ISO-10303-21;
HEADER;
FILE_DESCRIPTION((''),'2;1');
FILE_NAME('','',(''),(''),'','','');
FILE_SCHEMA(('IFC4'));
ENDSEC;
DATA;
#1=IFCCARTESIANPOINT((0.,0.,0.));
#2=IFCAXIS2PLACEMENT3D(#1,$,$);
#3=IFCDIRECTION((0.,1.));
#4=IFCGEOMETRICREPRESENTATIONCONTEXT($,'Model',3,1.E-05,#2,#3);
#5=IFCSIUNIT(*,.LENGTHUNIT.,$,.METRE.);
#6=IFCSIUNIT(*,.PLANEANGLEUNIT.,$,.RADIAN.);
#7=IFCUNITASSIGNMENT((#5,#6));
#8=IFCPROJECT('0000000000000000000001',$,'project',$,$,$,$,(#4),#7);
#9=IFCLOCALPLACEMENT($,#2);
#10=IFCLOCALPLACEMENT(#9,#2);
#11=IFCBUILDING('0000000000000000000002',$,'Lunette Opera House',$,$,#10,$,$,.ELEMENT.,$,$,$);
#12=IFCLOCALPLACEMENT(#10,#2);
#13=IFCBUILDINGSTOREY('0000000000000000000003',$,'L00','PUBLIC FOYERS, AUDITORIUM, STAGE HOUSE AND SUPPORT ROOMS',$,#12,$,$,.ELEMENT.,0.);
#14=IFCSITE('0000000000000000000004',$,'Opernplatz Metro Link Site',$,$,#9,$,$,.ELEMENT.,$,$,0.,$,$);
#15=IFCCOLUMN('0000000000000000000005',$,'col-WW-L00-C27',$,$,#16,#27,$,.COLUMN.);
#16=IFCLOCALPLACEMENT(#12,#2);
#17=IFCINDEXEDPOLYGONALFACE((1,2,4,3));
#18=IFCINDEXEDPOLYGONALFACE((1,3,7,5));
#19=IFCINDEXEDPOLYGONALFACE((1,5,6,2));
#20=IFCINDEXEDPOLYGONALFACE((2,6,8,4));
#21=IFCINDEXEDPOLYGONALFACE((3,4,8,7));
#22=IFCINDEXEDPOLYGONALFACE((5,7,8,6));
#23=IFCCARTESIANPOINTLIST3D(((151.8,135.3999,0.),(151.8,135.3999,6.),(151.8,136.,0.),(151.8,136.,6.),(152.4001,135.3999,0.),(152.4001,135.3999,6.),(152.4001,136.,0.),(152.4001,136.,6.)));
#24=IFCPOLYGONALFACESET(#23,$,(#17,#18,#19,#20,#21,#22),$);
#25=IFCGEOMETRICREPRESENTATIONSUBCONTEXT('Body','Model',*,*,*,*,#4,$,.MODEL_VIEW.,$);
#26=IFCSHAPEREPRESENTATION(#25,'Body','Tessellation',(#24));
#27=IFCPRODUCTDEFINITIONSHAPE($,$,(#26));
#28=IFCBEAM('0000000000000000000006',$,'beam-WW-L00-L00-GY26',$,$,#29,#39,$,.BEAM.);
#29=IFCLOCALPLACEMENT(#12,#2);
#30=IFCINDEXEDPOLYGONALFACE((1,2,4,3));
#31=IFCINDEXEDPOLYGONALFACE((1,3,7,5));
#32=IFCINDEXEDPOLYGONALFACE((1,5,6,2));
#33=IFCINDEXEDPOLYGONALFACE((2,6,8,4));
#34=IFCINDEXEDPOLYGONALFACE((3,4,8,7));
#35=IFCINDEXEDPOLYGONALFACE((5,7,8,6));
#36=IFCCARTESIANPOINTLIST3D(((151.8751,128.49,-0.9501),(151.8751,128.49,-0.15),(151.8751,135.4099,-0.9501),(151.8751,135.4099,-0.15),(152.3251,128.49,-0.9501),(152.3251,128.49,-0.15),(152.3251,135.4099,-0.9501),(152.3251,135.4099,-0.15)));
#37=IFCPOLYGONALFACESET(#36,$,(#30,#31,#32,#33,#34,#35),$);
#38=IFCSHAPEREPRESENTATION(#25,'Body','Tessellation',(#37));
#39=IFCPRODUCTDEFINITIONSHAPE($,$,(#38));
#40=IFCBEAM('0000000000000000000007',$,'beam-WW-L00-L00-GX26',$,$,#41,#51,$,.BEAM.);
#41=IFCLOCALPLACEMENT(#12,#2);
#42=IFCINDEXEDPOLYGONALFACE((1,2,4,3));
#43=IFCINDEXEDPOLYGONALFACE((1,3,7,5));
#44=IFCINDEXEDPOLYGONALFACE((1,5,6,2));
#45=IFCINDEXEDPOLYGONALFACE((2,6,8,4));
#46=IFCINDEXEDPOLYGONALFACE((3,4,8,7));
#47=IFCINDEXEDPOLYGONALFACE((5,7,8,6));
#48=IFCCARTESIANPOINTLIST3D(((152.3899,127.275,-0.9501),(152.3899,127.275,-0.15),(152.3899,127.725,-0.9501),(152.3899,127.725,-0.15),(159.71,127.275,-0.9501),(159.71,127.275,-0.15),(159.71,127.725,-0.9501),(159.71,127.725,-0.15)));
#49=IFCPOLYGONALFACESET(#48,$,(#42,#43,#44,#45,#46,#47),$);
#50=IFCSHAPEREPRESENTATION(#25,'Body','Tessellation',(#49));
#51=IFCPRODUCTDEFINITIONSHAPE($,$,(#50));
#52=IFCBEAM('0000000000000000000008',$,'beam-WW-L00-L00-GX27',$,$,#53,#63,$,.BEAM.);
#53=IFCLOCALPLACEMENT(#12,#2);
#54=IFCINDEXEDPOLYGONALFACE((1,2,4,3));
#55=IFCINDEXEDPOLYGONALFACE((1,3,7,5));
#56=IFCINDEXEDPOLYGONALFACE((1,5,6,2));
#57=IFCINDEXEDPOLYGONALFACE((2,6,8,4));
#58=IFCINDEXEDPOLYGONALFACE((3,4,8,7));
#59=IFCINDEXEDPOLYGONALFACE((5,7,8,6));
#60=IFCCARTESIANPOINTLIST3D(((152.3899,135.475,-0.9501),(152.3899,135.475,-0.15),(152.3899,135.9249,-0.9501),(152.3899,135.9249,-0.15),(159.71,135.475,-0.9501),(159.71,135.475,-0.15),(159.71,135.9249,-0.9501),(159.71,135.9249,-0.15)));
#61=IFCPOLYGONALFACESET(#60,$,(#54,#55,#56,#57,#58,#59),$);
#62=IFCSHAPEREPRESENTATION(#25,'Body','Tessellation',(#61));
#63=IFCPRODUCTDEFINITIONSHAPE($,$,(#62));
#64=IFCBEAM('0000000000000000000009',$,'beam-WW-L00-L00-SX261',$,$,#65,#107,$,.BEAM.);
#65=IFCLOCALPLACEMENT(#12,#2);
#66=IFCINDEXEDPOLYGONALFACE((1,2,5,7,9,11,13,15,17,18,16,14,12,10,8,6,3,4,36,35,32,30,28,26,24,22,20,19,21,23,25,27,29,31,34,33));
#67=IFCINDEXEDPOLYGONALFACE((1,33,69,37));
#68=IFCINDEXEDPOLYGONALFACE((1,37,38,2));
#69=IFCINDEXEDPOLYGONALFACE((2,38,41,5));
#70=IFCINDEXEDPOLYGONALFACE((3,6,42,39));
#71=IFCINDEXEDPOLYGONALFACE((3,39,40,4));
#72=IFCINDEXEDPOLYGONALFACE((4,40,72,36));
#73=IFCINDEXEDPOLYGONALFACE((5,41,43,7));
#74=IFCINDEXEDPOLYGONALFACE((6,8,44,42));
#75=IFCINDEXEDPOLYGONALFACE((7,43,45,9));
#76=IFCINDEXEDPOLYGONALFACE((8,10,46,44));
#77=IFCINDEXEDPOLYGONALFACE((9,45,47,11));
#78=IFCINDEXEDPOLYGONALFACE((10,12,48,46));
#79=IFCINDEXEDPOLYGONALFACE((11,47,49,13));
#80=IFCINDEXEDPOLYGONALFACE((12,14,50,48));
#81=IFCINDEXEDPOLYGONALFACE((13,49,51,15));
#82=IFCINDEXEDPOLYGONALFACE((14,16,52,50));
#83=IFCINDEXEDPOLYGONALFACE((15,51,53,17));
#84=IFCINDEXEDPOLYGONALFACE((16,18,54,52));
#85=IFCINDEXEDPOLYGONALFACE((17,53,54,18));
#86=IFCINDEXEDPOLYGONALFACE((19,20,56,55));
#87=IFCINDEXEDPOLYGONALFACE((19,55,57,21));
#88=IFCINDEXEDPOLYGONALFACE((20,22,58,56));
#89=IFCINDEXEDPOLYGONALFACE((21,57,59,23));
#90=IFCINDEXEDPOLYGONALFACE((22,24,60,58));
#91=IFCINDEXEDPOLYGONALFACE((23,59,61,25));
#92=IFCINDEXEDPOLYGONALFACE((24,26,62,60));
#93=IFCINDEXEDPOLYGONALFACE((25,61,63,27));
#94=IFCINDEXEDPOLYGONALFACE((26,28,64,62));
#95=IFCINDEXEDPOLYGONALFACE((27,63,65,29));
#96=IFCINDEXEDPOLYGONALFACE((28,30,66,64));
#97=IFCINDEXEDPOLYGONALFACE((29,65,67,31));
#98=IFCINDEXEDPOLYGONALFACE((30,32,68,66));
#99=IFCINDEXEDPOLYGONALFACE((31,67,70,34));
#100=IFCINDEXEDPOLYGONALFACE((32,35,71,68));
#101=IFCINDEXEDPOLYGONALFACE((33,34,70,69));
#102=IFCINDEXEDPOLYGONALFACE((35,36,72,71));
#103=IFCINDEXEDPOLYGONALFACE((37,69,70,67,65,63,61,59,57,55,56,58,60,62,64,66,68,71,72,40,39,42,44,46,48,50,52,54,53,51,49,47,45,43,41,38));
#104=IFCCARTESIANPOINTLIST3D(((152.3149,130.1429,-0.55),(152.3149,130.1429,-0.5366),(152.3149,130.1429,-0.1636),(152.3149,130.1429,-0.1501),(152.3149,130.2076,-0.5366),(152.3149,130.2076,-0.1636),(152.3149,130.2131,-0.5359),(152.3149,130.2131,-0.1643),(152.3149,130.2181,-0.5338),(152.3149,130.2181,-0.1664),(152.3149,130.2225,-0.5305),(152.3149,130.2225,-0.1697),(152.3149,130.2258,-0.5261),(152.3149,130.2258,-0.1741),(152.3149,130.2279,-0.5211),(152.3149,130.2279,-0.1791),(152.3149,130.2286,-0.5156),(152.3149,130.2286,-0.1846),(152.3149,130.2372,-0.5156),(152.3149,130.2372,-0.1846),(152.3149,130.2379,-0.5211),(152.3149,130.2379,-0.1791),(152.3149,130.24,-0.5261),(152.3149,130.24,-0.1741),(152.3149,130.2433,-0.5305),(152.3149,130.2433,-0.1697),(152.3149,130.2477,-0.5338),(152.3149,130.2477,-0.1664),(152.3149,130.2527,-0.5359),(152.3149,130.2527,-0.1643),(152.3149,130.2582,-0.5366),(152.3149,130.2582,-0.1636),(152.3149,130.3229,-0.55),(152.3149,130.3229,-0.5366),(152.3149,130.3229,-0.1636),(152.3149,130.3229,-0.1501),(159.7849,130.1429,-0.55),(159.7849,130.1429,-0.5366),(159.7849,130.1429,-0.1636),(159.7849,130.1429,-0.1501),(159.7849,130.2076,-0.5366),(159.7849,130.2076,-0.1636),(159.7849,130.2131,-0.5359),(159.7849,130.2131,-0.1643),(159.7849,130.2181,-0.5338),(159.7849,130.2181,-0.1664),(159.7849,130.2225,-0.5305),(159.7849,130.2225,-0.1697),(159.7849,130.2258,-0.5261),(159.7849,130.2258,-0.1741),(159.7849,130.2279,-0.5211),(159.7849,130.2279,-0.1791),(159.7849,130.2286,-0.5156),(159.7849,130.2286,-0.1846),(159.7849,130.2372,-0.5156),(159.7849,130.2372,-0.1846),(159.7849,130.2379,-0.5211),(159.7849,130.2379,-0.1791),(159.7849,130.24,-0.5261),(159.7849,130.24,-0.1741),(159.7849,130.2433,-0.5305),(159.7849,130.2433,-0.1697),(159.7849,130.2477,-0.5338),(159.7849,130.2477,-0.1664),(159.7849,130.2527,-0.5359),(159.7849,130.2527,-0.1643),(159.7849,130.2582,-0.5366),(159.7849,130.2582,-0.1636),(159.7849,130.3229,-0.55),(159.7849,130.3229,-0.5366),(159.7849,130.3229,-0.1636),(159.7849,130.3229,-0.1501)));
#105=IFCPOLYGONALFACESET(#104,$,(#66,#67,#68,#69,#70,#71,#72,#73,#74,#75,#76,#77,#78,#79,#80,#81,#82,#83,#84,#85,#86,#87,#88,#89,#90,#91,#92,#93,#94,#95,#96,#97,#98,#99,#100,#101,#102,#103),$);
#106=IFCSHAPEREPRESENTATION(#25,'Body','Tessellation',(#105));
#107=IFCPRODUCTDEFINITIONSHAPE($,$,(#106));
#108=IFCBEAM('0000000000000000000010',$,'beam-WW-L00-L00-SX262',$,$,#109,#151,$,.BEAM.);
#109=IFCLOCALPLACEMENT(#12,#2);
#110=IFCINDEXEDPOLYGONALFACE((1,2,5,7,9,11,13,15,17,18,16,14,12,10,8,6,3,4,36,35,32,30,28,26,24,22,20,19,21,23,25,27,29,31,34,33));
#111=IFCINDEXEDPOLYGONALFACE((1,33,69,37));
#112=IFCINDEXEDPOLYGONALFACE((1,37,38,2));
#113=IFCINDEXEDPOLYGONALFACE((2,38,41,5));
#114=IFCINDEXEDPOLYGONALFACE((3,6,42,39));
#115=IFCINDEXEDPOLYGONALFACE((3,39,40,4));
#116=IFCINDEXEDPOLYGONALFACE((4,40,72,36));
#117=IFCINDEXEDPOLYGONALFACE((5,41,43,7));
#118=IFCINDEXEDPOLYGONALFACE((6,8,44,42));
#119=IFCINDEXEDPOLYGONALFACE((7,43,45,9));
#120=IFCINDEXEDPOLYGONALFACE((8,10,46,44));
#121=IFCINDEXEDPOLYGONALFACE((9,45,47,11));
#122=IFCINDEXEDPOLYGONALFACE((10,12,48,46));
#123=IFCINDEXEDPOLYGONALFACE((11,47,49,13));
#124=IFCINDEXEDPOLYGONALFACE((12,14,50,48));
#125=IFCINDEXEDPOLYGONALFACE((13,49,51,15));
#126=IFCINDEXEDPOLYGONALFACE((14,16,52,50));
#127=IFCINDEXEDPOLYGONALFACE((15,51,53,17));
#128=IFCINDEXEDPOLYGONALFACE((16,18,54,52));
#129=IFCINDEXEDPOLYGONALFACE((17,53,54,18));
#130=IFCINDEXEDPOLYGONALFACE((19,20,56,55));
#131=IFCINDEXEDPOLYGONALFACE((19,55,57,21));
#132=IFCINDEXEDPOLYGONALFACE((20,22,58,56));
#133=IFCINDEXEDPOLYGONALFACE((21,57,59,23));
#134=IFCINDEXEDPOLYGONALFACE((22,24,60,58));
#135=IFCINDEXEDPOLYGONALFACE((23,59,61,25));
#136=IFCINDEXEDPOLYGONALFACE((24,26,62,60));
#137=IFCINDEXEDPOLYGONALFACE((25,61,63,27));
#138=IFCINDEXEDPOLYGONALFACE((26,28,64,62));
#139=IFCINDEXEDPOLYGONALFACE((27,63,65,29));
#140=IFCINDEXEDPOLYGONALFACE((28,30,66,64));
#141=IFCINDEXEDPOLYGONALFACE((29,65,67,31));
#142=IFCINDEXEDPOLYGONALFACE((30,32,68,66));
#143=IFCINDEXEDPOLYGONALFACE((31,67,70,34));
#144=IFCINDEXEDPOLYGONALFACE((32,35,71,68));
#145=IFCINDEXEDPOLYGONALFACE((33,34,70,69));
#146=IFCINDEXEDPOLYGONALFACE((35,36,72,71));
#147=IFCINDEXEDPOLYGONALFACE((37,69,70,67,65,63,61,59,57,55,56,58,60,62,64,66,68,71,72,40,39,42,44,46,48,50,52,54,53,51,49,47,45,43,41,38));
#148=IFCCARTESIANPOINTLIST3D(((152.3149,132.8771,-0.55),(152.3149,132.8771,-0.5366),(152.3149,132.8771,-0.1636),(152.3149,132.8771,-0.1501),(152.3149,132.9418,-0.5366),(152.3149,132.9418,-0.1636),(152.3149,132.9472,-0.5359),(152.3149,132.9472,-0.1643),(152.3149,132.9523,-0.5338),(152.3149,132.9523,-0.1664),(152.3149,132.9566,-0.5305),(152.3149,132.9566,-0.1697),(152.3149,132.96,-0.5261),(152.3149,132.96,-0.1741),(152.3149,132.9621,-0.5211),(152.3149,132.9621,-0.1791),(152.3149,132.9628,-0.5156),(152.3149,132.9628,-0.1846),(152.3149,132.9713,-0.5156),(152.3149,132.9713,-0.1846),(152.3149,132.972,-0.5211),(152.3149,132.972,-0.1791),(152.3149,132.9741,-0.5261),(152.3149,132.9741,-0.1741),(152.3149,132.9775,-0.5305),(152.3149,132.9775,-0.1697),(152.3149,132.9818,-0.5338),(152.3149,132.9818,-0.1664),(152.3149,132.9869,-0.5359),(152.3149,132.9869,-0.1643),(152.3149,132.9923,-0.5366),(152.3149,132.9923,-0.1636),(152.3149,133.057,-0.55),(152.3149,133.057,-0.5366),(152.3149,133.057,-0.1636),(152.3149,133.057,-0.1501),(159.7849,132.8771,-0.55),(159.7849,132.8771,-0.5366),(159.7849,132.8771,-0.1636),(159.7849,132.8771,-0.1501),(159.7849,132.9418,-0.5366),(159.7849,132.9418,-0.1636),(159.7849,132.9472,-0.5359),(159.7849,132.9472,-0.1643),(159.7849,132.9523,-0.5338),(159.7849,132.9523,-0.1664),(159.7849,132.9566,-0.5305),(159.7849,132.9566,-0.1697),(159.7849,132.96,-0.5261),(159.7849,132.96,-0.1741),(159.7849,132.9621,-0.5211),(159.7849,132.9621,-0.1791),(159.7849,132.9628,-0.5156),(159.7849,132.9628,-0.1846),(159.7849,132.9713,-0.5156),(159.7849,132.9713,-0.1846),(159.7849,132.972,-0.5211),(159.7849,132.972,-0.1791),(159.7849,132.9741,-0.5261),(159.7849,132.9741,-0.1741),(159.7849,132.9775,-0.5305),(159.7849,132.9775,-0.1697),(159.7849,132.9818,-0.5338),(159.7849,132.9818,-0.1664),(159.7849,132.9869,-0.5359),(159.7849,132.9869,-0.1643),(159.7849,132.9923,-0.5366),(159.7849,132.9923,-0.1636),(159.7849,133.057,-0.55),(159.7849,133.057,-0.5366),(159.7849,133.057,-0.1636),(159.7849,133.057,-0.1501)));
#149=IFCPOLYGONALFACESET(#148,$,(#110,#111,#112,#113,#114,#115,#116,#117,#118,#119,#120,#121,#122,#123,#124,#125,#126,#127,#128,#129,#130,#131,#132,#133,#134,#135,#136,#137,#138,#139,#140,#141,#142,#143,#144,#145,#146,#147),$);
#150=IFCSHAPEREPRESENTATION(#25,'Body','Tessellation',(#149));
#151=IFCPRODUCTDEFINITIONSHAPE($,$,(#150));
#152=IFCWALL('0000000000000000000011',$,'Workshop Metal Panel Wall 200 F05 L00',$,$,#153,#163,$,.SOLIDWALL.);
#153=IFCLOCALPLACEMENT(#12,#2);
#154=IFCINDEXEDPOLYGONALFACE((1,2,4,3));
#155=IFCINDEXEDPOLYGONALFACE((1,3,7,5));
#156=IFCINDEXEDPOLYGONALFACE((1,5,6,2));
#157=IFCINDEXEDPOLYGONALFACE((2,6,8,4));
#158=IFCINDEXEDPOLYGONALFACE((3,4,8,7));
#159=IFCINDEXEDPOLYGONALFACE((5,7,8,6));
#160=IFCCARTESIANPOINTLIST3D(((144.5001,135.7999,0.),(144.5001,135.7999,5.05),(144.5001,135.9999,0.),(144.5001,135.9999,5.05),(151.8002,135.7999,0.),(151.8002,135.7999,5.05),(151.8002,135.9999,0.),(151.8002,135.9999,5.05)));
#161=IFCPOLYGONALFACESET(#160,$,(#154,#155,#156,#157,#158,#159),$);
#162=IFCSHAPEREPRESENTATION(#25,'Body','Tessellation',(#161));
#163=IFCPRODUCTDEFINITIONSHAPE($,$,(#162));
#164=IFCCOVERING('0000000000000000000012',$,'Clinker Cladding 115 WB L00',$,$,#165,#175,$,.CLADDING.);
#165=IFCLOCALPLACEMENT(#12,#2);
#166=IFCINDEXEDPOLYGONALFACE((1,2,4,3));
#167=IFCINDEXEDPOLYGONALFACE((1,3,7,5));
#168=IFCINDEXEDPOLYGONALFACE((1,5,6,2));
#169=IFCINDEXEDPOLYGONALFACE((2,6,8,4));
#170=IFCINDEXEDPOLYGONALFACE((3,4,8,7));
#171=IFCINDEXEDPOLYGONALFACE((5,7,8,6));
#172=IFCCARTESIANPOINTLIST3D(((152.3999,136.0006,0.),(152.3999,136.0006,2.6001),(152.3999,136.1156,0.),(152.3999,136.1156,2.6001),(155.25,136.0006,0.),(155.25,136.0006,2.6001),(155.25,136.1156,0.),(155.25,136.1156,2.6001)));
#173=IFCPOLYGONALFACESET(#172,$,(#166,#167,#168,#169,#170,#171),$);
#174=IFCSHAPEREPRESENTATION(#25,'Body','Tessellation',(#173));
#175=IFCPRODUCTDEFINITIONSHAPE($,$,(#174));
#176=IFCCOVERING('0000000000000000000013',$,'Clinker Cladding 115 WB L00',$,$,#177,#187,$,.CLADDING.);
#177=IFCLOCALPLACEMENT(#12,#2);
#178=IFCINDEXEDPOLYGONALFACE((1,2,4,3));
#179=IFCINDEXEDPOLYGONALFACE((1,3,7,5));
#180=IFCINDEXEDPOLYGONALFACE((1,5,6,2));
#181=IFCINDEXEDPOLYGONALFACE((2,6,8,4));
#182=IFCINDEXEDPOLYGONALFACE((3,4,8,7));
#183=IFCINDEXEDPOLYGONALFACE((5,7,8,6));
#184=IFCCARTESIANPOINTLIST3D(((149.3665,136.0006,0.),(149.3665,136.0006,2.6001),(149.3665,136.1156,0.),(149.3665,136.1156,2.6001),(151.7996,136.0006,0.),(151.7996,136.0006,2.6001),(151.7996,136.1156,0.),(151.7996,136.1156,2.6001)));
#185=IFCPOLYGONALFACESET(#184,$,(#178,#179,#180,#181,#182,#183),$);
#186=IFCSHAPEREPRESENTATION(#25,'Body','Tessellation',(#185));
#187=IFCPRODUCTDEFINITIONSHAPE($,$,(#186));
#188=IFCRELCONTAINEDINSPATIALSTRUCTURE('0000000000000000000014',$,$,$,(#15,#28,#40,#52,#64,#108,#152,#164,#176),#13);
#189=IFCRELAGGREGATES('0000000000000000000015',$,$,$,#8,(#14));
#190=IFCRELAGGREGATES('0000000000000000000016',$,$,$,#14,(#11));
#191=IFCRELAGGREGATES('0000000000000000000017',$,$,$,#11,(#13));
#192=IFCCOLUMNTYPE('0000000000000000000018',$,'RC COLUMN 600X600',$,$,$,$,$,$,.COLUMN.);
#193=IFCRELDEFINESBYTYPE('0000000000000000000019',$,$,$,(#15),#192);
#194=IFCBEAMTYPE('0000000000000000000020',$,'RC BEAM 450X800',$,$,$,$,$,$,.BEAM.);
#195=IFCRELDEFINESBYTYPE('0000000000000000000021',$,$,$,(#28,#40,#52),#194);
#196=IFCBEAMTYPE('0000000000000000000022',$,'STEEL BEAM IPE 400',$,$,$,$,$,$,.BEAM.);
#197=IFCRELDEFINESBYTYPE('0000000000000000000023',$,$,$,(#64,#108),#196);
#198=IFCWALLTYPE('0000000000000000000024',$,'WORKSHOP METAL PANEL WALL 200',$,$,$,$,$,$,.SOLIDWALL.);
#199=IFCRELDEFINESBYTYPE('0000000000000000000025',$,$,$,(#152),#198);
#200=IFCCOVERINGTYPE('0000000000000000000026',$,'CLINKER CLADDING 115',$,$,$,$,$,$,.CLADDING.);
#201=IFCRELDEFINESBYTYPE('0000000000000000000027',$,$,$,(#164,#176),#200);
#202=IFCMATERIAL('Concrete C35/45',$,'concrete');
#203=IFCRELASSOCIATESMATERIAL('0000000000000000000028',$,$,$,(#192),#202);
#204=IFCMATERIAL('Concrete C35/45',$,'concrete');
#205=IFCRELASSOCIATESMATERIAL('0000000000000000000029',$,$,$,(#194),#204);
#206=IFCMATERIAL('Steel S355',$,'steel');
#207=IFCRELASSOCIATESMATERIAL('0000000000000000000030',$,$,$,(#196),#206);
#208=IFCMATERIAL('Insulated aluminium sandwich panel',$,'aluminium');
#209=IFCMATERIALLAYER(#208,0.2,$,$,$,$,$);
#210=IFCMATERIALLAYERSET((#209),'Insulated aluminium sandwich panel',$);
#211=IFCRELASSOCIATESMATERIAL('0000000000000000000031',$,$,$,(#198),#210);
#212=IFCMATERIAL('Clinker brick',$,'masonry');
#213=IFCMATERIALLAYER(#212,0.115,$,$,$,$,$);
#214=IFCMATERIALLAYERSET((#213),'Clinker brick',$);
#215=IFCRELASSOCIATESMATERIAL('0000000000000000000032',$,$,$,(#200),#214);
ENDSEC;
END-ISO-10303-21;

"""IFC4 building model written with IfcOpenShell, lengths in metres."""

from ifc_helpers import new_model, si_unit, direction, frame, frame_2d, origin, origin_2d, place, context, subcontext, project, spatial, rectangle, i_section, extrude, material, layer, layer_set, material_profile, profile_set, type_object, element, save


model = new_model("IFC4")

# Units and contexts
model_context = context("Model", 3, precision=1e-05, world=origin(), true_north=direction((0.0, 1.0)))
body_context = subcontext(model_context, "Body", "Model", "MODEL_VIEW")
ifc_project = project(units=[si_unit("LENGTHUNIT", "METRE"), si_unit("PLANEANGLEUNIT", "RADIAN")], contexts=[model_context])

# Site, building, storey
site_placement = place(None, origin())
site = spatial("IfcSite", under=ifc_project, at=site_placement, Name="Opernplatz Metro Link Site", CompositionType="ELEMENT", RefElevation=0.0)
building_placement = place(site_placement, origin())
building = spatial("IfcBuilding", under=site, at=building_placement, Name="Lunette Opera House", CompositionType="ELEMENT")
storey_placement = place(building_placement, origin())
storey = spatial("IfcBuildingStorey", under=building, at=storey_placement, Name="L00", Description="PUBLIC FOYERS, AUDITORIUM, STAGE HOUSE AND SUPPORT ROOMS", CompositionType="ELEMENT", Elevation=0.0)

# Column
ifc_material_1 = material(Name="Concrete C35/45", Category="concrete")
ifc_material_profile_1 = material_profile(ifc_material_1, rectangle(XDim=0.6001, YDim=0.6001, at=origin_2d()), Name="RC COLUMN 600X600")
ifc_profile_set_1 = profile_set([ifc_material_profile_1], Name="Concrete C35/45")
column_type = type_object("IfcColumnType", Name="RC COLUMN 600X600", PredefinedType="COLUMN", material=ifc_profile_set_1)
column_placement = place(storey_placement, frame((152.1001, 135.7, 0.0), z_axis=(0.0, 0.0, 1.0), x_axis=(1.0, 0.0, 0.0)))
element("IfcColumn", 1, at=column_placement, inside=storey, type_object=column_type, Name="col-WW-L00-C27", PredefinedType="COLUMN", context=body_context, shape_type="SweptSolid", body=[
    extrude(rectangle(XDim=0.6001, YDim=0.6001, at=origin_2d()), origin(), (0.0, 0.0, 1.0), 6.0),
])

# Beams
ifc_material_2 = material(Name="Concrete C35/45", Category="concrete")
ifc_material_profile_2 = material_profile(ifc_material_2, rectangle(XDim=0.45, YDim=0.8, at=origin_2d()), Name="RC BEAM 450X800")
ifc_profile_set_2 = profile_set([ifc_material_profile_2], Name="Concrete C35/45")
beam_type_1 = type_object("IfcBeamType", Name="RC BEAM 450X800", PredefinedType="BEAM", material=ifc_profile_set_2)
beam_placement = place(storey_placement, frame((152.1001, 128.49, -0.55), z_axis=(0.0, 1.0, 0.0), x_axis=(-1.0, 0.0, 0.0)))
element("IfcBeam", 2, at=beam_placement, inside=storey, type_object=beam_type_1, Name="beam-WW-L00-L00-GY26", PredefinedType="BEAM", context=body_context, shape_type="SweptSolid", body=[
    extrude(rectangle(XDim=0.45, YDim=0.8, at=origin_2d()), origin(), (0.0, 0.0, 1.0), 6.9199),
])
for number, where, z_axis, x_axis, name in (
    (3, (152.3899, 127.5, -0.55), (1.0, 0.0, 0.0), (0.0, 1.0, 0.0), "beam-WW-L00-L00-GX26"),
    (4, (152.3899, 135.7, -0.55), (1.0, 0.0, 0.0), (0.0, 1.0, 0.0), "beam-WW-L00-L00-GX27"),
):
    element("IfcBeam", number, at=place(storey_placement, frame(where, z_axis=z_axis, x_axis=x_axis)), inside=storey, type_object=beam_type_1, Name=name, PredefinedType="BEAM", context=body_context, shape_type="SweptSolid", body=[
        extrude(rectangle(XDim=0.45, YDim=0.8, at=origin_2d()), origin(), (0.0, 0.0, 1.0), 7.3201),
    ])
ifc_material_3 = material(Name="Steel S355", Category="steel")
ifc_material_profile_3 = material_profile(ifc_material_3, i_section(OverallWidth=0.1799, OverallDepth=0.3999, WebThickness=0.0085, FlangeThickness=0.0134, FilletRadius=0.021, at=origin_2d()), Name="IPE 400")
ifc_profile_set_3 = profile_set([ifc_material_profile_3], Name="Steel S355")
beam_type_2 = type_object("IfcBeamType", Name="STEEL BEAM IPE 400", PredefinedType="BEAM", material=ifc_profile_set_3)
for number, where, z_axis, x_axis, name in (
    (5, (152.3149, 130.2329, -0.3501), (1.0, 0.0, 0.0), (0.0, 1.0, 0.0), "beam-WW-L00-L00-SX261"),
    (6, (152.3149, 132.967, -0.3501), (1.0, 0.0, 0.0), (0.0, 1.0, 0.0), "beam-WW-L00-L00-SX262"),
):
    element("IfcBeam", number, at=place(storey_placement, frame(where, z_axis=z_axis, x_axis=x_axis)), inside=storey, type_object=beam_type_2, Name=name, PredefinedType="BEAM", context=body_context, shape_type="SweptSolid", body=[
        extrude(i_section(OverallWidth=0.1799, OverallDepth=0.3999, WebThickness=0.0085, FlangeThickness=0.0134, FilletRadius=0.021, at=origin_2d()), origin(), (0.0, 0.0, 1.0), 7.47),
    ])

# Wall
ifc_material_4 = material(Name="Insulated aluminium sandwich panel", Category="aluminium")
ifc_layer_1 = layer(ifc_material_4, 0.2)
ifc_layer_set_1 = layer_set([ifc_layer_1], Name="Insulated aluminium sandwich panel")
wall_type = type_object("IfcWallType", Name="WORKSHOP METAL PANEL WALL 200", PredefinedType="SOLIDWALL", material=ifc_layer_set_1)
wall_placement = place(storey_placement, frame((151.8, 135.8999, 0.0), z_axis=(0.0, 0.0, 1.0), x_axis=(-1.0, 0.0, 0.0)))
element("IfcWall", 7, at=wall_placement, inside=storey, type_object=wall_type, Name="Workshop Metal Panel Wall 200 F05 L00", PredefinedType="SOLIDWALL", context=body_context, shape_type="SweptSolid", body=[
    extrude(rectangle(XDim=7.3, YDim=0.2, at=frame_2d((3.6499, 0.0))), origin(), (0.0, 0.0, 1.0), 5.05),
])

# Coverings
ifc_material_5 = material(Name="Clinker brick", Category="masonry")
ifc_layer_2 = layer(ifc_material_5, 0.115)
ifc_layer_set_2 = layer_set([ifc_layer_2], Name="Clinker brick")
covering_type_1 = type_object("IfcCoveringType", Name="CLINKER CLADDING 115", PredefinedType="CLADDING", material=ifc_layer_set_2)
covering_placement = place(storey_placement, frame((153.825, 136.0581, 0.0), z_axis=(0.0, 0.0, 1.0), x_axis=(-1.0, 0.0, 0.0)))
element("IfcCovering", 8, at=covering_placement, inside=storey, type_object=covering_type_1, Name="Clinker Cladding 115 WB L00", PredefinedType="CLADDING", context=body_context, shape_type="SweptSolid", body=[
    extrude(rectangle(XDim=2.8501, YDim=0.115, at=origin_2d()), origin(), (0.0, 0.0, 1.0), 2.6001),
])
for number, where, z_axis, x_axis, name in (
    (9, (150.583, 136.0581, 0.0), (0.0, 0.0, 1.0), (-1.0, 0.0, 0.0), "Clinker Cladding 115 WB L00"),
):
    element("IfcCovering", number, at=place(storey_placement, frame(where, z_axis=z_axis, x_axis=x_axis)), inside=storey, type_object=covering_type_1, Name=name, PredefinedType="CLADDING", context=body_context, shape_type="SweptSolid", body=[
        extrude(rectangle(XDim=2.4331, YDim=0.115, at=origin_2d()), origin(), (0.0, 0.0, 1.0), 2.6001),
    ])

save(model, "model.ifc")
